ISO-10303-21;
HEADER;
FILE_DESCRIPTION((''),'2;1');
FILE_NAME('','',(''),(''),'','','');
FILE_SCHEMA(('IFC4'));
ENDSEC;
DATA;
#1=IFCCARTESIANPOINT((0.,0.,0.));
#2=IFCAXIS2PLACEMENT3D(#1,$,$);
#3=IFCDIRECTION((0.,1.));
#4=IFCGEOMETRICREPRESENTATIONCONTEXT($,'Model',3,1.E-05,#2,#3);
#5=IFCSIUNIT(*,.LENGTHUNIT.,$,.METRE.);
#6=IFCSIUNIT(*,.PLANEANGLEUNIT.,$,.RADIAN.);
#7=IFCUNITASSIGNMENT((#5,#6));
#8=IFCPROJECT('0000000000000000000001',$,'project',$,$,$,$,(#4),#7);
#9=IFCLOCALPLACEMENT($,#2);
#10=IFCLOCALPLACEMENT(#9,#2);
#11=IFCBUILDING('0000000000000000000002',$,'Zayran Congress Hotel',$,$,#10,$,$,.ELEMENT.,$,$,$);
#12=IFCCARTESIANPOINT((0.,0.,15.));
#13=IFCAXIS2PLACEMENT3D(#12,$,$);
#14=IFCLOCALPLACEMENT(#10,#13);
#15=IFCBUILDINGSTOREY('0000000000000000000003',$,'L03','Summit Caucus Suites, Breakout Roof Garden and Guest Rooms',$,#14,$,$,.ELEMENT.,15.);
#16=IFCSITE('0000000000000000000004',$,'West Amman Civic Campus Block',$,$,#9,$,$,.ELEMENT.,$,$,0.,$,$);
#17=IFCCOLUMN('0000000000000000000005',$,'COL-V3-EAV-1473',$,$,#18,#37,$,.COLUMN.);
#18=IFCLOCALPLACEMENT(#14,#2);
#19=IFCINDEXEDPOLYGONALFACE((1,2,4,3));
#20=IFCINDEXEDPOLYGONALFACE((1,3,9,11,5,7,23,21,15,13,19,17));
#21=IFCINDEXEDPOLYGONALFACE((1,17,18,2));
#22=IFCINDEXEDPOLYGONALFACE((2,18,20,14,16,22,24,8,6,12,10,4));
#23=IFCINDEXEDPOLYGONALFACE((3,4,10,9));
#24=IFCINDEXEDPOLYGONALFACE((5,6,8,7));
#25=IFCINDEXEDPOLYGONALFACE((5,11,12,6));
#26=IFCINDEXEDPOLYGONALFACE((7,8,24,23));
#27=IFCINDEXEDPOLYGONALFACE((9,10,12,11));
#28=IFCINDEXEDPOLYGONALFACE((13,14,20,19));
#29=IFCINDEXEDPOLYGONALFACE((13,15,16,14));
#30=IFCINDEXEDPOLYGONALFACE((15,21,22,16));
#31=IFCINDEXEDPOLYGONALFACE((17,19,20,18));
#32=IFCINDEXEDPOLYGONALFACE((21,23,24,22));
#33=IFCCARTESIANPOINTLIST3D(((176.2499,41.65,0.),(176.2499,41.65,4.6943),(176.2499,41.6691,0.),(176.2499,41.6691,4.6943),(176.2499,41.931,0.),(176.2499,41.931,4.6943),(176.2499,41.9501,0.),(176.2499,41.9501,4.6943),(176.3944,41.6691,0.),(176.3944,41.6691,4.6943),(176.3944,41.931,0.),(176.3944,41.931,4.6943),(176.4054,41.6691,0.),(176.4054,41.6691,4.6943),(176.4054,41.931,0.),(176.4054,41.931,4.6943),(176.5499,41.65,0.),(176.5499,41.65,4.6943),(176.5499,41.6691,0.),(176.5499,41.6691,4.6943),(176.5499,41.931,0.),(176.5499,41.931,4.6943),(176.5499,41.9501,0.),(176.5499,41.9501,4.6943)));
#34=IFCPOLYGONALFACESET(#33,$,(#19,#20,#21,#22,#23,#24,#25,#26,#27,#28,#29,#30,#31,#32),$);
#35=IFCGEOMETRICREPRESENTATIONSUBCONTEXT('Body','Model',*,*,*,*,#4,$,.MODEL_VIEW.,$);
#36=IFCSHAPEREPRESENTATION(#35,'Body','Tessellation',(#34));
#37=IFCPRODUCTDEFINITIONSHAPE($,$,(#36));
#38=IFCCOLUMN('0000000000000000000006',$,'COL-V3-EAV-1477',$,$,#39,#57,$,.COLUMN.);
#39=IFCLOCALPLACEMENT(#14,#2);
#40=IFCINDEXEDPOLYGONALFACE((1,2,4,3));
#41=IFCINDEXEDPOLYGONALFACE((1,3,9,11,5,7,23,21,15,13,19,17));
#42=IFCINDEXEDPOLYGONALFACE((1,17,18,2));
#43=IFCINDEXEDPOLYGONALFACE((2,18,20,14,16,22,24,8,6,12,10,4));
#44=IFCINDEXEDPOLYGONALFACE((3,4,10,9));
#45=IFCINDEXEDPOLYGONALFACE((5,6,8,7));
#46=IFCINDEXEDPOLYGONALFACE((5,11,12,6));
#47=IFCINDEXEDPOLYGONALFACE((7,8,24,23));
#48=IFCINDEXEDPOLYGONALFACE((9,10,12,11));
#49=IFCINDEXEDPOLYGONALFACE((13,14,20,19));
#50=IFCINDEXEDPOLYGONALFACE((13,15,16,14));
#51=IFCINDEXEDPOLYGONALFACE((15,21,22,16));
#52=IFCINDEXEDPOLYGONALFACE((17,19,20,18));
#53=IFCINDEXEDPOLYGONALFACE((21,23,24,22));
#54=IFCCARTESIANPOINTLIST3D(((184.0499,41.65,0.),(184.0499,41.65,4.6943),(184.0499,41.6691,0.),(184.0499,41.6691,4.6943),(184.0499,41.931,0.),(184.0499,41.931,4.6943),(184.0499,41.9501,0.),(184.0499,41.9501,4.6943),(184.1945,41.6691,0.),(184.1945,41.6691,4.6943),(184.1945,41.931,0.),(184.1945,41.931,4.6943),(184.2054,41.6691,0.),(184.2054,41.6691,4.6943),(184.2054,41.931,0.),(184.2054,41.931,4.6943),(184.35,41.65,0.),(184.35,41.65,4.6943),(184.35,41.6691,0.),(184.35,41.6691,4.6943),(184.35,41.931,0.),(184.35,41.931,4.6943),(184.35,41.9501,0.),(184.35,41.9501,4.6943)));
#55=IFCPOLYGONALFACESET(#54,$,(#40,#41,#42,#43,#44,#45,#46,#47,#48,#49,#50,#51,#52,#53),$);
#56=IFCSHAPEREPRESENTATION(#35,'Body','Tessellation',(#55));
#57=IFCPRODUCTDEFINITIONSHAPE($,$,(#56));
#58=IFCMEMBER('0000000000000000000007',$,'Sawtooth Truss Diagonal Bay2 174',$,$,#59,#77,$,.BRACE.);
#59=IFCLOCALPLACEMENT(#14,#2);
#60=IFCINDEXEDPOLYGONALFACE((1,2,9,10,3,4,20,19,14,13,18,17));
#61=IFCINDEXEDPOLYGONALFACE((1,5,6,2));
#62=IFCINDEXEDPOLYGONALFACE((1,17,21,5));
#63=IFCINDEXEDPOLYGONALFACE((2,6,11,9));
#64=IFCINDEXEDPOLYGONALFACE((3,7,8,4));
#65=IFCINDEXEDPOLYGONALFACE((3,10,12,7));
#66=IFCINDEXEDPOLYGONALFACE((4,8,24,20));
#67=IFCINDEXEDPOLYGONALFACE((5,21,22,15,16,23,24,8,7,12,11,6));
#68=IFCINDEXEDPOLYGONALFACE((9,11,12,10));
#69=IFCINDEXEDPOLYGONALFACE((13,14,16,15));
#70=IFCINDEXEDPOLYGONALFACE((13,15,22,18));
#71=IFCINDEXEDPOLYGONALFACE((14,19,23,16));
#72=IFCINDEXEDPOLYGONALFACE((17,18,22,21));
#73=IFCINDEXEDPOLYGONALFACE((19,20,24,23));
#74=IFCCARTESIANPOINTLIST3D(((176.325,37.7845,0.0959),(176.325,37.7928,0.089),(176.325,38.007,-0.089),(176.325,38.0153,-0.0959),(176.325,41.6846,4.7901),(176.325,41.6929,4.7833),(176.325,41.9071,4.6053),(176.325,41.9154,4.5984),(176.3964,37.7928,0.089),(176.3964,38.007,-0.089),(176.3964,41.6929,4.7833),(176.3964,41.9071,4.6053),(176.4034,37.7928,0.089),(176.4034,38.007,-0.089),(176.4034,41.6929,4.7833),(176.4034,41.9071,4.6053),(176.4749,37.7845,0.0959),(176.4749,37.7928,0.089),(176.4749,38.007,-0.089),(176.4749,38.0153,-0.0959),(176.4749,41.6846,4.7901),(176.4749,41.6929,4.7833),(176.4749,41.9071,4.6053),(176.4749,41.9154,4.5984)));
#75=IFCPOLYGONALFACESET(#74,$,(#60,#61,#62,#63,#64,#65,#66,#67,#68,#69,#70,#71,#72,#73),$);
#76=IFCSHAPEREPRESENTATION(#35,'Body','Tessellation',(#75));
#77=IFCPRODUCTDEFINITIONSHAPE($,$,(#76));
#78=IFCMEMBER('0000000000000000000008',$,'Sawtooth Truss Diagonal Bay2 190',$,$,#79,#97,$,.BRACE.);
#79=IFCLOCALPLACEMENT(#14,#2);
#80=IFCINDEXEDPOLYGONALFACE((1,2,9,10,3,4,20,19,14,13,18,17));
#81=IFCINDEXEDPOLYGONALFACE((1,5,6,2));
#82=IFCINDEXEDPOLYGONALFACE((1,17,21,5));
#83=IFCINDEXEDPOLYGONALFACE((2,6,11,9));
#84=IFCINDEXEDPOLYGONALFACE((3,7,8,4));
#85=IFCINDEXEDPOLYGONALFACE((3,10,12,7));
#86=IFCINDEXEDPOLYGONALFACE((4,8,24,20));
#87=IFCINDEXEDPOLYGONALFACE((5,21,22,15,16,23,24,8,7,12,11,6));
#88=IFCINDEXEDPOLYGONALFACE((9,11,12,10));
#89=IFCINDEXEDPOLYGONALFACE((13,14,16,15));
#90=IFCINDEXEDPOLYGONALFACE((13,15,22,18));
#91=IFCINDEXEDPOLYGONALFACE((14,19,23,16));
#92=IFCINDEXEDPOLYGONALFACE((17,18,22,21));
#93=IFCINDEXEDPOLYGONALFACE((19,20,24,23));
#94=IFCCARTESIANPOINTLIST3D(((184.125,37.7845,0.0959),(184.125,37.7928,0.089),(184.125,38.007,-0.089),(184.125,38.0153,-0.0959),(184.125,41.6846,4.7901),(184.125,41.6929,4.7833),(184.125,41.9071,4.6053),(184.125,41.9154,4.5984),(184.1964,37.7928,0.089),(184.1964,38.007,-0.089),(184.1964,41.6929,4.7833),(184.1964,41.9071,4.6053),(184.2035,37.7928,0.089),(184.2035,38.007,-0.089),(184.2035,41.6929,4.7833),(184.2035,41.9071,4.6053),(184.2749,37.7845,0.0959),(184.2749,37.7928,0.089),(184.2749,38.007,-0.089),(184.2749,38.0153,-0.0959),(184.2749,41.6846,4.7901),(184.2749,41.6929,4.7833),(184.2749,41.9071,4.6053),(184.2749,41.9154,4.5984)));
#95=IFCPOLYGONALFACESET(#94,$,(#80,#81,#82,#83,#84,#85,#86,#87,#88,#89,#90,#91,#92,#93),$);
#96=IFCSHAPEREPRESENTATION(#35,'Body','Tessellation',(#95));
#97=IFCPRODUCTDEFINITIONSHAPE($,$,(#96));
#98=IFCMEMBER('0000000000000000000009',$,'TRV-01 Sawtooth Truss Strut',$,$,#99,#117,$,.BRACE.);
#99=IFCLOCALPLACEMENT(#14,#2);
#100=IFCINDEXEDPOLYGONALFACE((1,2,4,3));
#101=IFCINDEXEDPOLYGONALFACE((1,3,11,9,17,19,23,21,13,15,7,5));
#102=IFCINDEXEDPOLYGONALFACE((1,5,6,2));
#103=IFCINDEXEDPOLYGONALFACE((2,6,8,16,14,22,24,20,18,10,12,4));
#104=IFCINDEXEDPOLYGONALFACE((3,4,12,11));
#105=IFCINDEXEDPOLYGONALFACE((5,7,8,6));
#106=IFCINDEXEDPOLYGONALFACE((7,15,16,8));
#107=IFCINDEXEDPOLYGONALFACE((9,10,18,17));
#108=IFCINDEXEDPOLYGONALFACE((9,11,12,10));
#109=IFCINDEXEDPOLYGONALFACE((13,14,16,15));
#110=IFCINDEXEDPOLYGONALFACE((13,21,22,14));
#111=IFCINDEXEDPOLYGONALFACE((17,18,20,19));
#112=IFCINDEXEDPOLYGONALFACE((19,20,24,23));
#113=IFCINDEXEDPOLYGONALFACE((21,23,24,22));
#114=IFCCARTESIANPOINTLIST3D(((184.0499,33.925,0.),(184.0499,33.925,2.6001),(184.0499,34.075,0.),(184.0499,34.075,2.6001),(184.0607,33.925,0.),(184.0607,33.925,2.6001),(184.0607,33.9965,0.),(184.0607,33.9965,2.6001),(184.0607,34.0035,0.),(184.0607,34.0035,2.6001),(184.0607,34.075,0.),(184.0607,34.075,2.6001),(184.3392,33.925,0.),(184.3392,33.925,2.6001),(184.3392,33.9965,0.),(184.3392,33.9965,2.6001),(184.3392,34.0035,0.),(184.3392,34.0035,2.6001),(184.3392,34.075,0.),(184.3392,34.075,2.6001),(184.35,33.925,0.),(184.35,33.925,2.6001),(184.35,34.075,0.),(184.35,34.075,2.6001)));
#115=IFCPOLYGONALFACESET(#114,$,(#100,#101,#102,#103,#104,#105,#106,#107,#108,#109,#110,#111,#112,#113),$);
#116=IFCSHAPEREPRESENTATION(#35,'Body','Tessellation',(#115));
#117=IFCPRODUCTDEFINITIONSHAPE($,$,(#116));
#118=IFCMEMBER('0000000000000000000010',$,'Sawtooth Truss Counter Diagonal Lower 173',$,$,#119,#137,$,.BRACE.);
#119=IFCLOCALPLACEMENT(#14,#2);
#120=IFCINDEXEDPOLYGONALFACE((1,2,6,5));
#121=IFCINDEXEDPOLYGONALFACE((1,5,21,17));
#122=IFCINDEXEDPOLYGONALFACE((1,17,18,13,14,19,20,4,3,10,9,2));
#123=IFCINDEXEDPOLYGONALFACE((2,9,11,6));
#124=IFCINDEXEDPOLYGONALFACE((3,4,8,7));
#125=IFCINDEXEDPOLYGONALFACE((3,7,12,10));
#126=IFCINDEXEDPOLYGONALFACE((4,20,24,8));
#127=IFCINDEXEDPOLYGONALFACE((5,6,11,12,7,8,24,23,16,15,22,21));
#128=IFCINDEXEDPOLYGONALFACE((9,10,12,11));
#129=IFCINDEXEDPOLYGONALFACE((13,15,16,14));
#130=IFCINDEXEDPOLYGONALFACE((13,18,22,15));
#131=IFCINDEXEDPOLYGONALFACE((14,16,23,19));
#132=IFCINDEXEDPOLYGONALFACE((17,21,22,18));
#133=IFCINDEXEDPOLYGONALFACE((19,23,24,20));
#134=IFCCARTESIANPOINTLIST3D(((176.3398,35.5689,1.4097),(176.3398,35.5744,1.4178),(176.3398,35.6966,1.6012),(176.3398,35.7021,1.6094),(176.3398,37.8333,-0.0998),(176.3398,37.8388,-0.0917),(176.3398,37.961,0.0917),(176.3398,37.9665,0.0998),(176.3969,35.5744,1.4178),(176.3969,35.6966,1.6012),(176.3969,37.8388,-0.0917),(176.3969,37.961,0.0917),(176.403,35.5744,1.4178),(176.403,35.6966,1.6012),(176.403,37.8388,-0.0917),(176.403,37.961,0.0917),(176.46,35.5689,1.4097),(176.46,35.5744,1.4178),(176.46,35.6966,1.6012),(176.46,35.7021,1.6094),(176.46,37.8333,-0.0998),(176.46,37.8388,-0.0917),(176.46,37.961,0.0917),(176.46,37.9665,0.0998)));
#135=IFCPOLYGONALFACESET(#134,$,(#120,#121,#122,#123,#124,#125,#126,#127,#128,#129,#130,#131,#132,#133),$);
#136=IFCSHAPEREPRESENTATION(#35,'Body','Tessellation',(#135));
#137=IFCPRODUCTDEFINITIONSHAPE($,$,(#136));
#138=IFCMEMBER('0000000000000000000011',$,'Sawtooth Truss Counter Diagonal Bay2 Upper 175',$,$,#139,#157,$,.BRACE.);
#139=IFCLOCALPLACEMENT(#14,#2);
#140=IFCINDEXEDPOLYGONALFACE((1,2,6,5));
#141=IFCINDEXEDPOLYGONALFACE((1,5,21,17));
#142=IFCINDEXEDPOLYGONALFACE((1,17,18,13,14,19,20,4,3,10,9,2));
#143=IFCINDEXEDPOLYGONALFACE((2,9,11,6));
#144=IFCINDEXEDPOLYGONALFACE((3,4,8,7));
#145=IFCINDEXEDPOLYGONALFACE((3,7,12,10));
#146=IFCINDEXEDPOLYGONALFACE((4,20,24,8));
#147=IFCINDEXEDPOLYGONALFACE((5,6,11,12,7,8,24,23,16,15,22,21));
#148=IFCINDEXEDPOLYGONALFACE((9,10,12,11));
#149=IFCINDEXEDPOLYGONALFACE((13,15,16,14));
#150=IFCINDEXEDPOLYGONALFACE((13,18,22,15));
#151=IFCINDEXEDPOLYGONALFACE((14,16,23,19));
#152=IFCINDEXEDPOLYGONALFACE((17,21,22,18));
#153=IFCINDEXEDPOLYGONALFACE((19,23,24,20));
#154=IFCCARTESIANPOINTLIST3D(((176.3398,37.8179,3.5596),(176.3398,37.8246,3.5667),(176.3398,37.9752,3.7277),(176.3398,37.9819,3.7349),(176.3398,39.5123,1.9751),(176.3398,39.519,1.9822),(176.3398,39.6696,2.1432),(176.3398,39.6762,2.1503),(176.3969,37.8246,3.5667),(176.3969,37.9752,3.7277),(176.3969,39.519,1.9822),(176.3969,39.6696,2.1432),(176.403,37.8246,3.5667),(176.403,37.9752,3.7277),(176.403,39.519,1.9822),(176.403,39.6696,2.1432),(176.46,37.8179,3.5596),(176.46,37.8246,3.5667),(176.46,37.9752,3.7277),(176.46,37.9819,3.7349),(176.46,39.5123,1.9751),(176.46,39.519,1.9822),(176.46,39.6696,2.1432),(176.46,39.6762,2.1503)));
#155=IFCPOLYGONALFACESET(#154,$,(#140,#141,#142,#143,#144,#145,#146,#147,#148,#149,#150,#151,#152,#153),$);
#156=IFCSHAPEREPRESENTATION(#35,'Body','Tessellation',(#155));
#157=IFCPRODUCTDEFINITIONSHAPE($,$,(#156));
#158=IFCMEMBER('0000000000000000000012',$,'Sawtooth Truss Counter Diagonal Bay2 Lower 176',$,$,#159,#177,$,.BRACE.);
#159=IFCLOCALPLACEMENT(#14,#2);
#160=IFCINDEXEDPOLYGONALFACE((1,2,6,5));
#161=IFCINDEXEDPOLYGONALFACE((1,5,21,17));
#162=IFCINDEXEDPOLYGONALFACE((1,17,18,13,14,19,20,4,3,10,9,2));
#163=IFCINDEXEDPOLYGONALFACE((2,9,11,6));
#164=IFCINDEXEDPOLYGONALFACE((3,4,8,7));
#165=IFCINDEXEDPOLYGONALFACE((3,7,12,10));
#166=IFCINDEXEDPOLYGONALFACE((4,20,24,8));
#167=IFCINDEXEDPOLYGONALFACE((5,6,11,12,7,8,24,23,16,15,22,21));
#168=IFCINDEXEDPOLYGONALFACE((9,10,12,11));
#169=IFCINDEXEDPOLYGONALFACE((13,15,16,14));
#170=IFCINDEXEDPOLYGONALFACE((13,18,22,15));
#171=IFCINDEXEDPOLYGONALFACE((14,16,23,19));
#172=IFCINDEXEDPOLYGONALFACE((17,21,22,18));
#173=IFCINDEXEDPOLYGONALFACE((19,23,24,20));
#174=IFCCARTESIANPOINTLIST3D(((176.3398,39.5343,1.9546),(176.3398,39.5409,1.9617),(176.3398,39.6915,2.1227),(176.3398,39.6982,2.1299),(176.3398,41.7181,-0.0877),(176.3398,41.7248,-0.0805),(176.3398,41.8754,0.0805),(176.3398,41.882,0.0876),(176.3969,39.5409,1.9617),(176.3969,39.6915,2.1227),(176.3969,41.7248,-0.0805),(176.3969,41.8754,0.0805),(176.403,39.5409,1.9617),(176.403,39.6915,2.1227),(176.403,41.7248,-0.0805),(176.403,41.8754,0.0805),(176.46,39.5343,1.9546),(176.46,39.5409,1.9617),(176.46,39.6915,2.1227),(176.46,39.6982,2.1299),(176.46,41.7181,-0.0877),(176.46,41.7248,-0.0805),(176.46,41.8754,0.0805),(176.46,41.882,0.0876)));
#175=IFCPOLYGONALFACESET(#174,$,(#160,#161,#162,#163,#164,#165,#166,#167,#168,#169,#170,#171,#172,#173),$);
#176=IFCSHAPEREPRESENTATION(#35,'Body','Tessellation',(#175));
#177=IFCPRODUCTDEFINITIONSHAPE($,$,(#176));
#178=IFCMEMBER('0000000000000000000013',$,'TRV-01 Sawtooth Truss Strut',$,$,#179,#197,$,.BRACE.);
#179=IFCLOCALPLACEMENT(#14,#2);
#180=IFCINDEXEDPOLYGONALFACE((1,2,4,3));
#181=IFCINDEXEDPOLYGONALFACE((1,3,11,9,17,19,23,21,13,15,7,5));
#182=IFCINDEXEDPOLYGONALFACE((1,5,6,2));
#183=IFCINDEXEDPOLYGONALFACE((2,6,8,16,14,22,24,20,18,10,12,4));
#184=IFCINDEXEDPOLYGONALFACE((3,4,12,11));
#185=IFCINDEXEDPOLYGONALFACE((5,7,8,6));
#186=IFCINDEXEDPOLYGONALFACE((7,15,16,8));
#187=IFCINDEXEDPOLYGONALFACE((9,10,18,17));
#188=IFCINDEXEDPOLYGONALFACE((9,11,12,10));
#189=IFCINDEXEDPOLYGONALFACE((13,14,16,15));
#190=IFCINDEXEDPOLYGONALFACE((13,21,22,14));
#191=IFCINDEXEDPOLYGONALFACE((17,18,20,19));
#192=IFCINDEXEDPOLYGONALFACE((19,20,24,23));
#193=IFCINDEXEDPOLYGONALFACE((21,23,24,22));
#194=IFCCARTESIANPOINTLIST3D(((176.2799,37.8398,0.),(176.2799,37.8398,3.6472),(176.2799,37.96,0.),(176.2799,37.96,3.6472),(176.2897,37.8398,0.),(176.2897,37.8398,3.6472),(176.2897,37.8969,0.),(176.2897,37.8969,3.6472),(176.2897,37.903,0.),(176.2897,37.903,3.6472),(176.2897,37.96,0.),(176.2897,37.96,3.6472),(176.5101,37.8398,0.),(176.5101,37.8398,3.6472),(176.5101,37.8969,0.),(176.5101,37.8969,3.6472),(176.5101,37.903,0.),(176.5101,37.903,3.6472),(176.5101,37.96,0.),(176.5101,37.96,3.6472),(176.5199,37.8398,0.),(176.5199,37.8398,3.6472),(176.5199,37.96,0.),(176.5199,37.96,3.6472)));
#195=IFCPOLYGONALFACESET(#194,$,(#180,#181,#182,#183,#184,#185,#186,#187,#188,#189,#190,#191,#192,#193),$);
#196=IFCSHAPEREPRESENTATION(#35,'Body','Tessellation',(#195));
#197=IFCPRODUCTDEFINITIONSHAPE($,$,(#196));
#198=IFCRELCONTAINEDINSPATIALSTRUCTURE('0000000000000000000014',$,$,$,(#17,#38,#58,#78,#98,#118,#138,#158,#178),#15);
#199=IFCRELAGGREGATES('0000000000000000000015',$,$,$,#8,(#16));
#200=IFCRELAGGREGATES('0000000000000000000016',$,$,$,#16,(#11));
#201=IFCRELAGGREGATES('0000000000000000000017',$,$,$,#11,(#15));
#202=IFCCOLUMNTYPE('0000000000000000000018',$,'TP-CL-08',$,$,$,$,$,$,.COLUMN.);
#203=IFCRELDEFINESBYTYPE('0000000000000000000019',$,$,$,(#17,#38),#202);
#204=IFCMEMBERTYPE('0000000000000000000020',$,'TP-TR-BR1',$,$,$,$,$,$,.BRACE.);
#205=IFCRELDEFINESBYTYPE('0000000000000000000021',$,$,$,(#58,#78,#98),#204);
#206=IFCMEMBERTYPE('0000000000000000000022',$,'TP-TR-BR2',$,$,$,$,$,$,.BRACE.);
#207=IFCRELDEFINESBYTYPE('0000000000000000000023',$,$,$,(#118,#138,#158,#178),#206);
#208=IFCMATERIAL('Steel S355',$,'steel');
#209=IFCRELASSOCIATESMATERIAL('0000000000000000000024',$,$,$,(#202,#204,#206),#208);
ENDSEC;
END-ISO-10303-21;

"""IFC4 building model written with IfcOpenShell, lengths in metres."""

from ifc_helpers import new_model, si_unit, direction, frame, origin, origin_2d, place, context, subcontext, project, spatial, i_section, extrude, material, material_profile, profile_set, type_object, element, save


model = new_model("IFC4")

# Units and contexts
model_context = context("Model", 3, precision=1e-05, world=origin(), true_north=direction((0.0, 1.0)))
body_context = subcontext(model_context, "Body", "Model", "MODEL_VIEW")
ifc_project = project(units=[si_unit("LENGTHUNIT", "METRE"), si_unit("PLANEANGLEUNIT", "RADIAN")], contexts=[model_context])

# Site, building, storey
site_placement = place(None, origin())
site = spatial("IfcSite", under=ifc_project, at=site_placement, Name="West Amman Civic Campus Block", CompositionType="ELEMENT", RefElevation=0.0)
building_placement = place(site_placement, origin())
building = spatial("IfcBuilding", under=site, at=building_placement, Name="Zayran Congress Hotel", CompositionType="ELEMENT")
storey_placement = place(building_placement, frame((0.0, 0.0, 15.0)))
storey = spatial("IfcBuildingStorey", under=building, at=storey_placement, Name="L03", Description="Summit Caucus Suites, Breakout Roof Garden and Guest Rooms", CompositionType="ELEMENT", Elevation=15.0)

# Columns
ifc_material_1 = material(Name="Steel S355", Category="steel")
ifc_material_profile_1 = material_profile(ifc_material_1, i_section(OverallWidth=0.3, OverallDepth=0.3, WebThickness=0.011, FlangeThickness=0.019, at=origin_2d()), Name="HEB 300")
ifc_profile_set_1 = profile_set([ifc_material_profile_1], Name="Steel S355")
column_type = type_object("IfcColumnType", Name="TP-CL-08", PredefinedType="COLUMN", material=ifc_profile_set_1)
for number, where, z_axis, x_axis, name in (
    (1, (176.3999, 41.8, 0.0), (0.0, 0.0, 1.0), (1.0, 0.0, 0.0), "COL-V3-EAV-1473"),
    (2, (184.2, 41.8, 0.0), (0.0, 0.0, 1.0), (1.0, 0.0, 0.0), "COL-V3-EAV-1477"),
):
    element("IfcColumn", number, at=place(storey_placement, frame(where, z_axis=z_axis, x_axis=x_axis)), inside=storey, type_object=column_type, Name=name, PredefinedType="COLUMN", context=body_context, shape_type="SweptSolid", body=[
        extrude(i_section(OverallWidth=0.3, OverallDepth=0.3, WebThickness=0.011, FlangeThickness=0.019, at=origin_2d()), origin(), (0.0, 0.0, 1.0), 4.6943),
    ])

# Members
ifc_material_profile_2 = material_profile(ifc_material_1, i_section(OverallWidth=0.1499, OverallDepth=0.3, WebThickness=0.0071, FlangeThickness=0.0107, at=origin_2d()), Name="IPE 300")
ifc_profile_set_2 = profile_set([ifc_material_profile_2], Name="Steel S355")
member_type_1 = type_object("IfcMemberType", Name="TP-TR-BR1", PredefinedType="BRACE", material=ifc_profile_set_2)
for number, where, z_axis, x_axis, name in (
    (3, (176.3999, 37.8999, 0.0), (0.0, 0.639043, 0.769171), (-1.0, 0.0, 0.0), "Sawtooth Truss Diagonal Bay2 174"),
    (4, (184.2, 37.8999, 0.0), (0.0, 0.639043, 0.769171), (-1.0, 0.0, 0.0), "Sawtooth Truss Diagonal Bay2 190"),
):
    element("IfcMember", number, at=place(storey_placement, frame(where, z_axis=z_axis, x_axis=x_axis)), inside=storey, type_object=member_type_1, Name=name, PredefinedType="BRACE", context=body_context, shape_type="SweptSolid", body=[
        extrude(i_section(OverallWidth=0.1499, OverallDepth=0.3, WebThickness=0.0071, FlangeThickness=0.0107, at=origin_2d()), origin(), (0.0, 0.0, 1.0), 6.103),
    ])
member_1_placement = place(storey_placement, frame((184.2, 34.0, 0.0), z_axis=(0.0, 0.0, 1.0), x_axis=(0.0, 1.0, 0.0)))
element("IfcMember", 5, at=member_1_placement, inside=storey, type_object=member_type_1, Name="TRV-01 Sawtooth Truss Strut", PredefinedType="BRACE", context=body_context, shape_type="SweptSolid", body=[
    extrude(i_section(OverallWidth=0.1499, OverallDepth=0.3, WebThickness=0.0071, FlangeThickness=0.0107, at=origin_2d()), origin(), (0.0, 0.0, 1.0), 2.6001),
])
ifc_material_profile_3 = material_profile(ifc_material_1, i_section(OverallWidth=0.1201, OverallDepth=0.24, WebThickness=0.0061, FlangeThickness=0.0098, at=origin_2d()), Name="IPE 240")
ifc_profile_set_3 = profile_set([ifc_material_profile_3], Name="Steel S355")
member_type_2 = type_object("IfcMemberType", Name="TP-TR-BR2", PredefinedType="BRACE", material=ifc_profile_set_3)
member_2_placement = place(storey_placement, frame((176.3999, 35.6355, 1.5095), z_axis=(0.0, 0.832064, -0.554679), x_axis=(-1.0, 0.0, 0.0)))
element("IfcMember", 6, at=member_2_placement, inside=storey, type_object=member_type_2, Name="Sawtooth Truss Counter Diagonal Lower 173", PredefinedType="BRACE", context=body_context, shape_type="SweptSolid", body=[
    extrude(i_section(OverallWidth=0.1201, OverallDepth=0.24, WebThickness=0.0061, FlangeThickness=0.0098, at=origin_2d()), origin(), (0.0, 0.0, 1.0), 2.7214),
])
member_3_placement = place(storey_placement, frame((176.3999, 37.8999, 3.6472), z_axis=(0.0, 0.73039, -0.68303), x_axis=(-1.0, 0.0, 0.0)))
element("IfcMember", 7, at=member_3_placement, inside=storey, type_object=member_type_2, Name="Sawtooth Truss Counter Diagonal Bay2 Upper 175", PredefinedType="BRACE", context=body_context, shape_type="SweptSolid", body=[
    extrude(i_section(OverallWidth=0.1201, OverallDepth=0.24, WebThickness=0.0061, FlangeThickness=0.0098, at=origin_2d()), origin(), (0.0, 0.0, 1.0), 2.3198),
])
member_4_placement = place(storey_placement, frame((176.3999, 39.6162, 2.0422), z_axis=(0.0, 0.73039, -0.683031), x_axis=(-1.0, 0.0, 0.0)))
element("IfcMember", 8, at=member_4_placement, inside=storey, type_object=member_type_2, Name="Sawtooth Truss Counter Diagonal Bay2 Lower 176", PredefinedType="BRACE", context=body_context, shape_type="SweptSolid", body=[
    extrude(i_section(OverallWidth=0.1201, OverallDepth=0.24, WebThickness=0.0061, FlangeThickness=0.0098, at=origin_2d()), origin(), (0.0, 0.0, 1.0), 2.99),
])
member_5_placement = place(storey_placement, frame((176.3999, 37.8999, 0.0), z_axis=(0.0, 0.0, 1.0), x_axis=(0.0, 1.0, 0.0)))
element("IfcMember", 9, at=member_5_placement, inside=storey, type_object=member_type_2, Name="TRV-01 Sawtooth Truss Strut", PredefinedType="BRACE", context=body_context, shape_type="SweptSolid", body=[
    extrude(i_section(OverallWidth=0.1201, OverallDepth=0.24, WebThickness=0.0061, FlangeThickness=0.0098, at=origin_2d()), origin(), (0.0, 0.0, 1.0), 3.6472),
])

save(model, "model.ifc")
